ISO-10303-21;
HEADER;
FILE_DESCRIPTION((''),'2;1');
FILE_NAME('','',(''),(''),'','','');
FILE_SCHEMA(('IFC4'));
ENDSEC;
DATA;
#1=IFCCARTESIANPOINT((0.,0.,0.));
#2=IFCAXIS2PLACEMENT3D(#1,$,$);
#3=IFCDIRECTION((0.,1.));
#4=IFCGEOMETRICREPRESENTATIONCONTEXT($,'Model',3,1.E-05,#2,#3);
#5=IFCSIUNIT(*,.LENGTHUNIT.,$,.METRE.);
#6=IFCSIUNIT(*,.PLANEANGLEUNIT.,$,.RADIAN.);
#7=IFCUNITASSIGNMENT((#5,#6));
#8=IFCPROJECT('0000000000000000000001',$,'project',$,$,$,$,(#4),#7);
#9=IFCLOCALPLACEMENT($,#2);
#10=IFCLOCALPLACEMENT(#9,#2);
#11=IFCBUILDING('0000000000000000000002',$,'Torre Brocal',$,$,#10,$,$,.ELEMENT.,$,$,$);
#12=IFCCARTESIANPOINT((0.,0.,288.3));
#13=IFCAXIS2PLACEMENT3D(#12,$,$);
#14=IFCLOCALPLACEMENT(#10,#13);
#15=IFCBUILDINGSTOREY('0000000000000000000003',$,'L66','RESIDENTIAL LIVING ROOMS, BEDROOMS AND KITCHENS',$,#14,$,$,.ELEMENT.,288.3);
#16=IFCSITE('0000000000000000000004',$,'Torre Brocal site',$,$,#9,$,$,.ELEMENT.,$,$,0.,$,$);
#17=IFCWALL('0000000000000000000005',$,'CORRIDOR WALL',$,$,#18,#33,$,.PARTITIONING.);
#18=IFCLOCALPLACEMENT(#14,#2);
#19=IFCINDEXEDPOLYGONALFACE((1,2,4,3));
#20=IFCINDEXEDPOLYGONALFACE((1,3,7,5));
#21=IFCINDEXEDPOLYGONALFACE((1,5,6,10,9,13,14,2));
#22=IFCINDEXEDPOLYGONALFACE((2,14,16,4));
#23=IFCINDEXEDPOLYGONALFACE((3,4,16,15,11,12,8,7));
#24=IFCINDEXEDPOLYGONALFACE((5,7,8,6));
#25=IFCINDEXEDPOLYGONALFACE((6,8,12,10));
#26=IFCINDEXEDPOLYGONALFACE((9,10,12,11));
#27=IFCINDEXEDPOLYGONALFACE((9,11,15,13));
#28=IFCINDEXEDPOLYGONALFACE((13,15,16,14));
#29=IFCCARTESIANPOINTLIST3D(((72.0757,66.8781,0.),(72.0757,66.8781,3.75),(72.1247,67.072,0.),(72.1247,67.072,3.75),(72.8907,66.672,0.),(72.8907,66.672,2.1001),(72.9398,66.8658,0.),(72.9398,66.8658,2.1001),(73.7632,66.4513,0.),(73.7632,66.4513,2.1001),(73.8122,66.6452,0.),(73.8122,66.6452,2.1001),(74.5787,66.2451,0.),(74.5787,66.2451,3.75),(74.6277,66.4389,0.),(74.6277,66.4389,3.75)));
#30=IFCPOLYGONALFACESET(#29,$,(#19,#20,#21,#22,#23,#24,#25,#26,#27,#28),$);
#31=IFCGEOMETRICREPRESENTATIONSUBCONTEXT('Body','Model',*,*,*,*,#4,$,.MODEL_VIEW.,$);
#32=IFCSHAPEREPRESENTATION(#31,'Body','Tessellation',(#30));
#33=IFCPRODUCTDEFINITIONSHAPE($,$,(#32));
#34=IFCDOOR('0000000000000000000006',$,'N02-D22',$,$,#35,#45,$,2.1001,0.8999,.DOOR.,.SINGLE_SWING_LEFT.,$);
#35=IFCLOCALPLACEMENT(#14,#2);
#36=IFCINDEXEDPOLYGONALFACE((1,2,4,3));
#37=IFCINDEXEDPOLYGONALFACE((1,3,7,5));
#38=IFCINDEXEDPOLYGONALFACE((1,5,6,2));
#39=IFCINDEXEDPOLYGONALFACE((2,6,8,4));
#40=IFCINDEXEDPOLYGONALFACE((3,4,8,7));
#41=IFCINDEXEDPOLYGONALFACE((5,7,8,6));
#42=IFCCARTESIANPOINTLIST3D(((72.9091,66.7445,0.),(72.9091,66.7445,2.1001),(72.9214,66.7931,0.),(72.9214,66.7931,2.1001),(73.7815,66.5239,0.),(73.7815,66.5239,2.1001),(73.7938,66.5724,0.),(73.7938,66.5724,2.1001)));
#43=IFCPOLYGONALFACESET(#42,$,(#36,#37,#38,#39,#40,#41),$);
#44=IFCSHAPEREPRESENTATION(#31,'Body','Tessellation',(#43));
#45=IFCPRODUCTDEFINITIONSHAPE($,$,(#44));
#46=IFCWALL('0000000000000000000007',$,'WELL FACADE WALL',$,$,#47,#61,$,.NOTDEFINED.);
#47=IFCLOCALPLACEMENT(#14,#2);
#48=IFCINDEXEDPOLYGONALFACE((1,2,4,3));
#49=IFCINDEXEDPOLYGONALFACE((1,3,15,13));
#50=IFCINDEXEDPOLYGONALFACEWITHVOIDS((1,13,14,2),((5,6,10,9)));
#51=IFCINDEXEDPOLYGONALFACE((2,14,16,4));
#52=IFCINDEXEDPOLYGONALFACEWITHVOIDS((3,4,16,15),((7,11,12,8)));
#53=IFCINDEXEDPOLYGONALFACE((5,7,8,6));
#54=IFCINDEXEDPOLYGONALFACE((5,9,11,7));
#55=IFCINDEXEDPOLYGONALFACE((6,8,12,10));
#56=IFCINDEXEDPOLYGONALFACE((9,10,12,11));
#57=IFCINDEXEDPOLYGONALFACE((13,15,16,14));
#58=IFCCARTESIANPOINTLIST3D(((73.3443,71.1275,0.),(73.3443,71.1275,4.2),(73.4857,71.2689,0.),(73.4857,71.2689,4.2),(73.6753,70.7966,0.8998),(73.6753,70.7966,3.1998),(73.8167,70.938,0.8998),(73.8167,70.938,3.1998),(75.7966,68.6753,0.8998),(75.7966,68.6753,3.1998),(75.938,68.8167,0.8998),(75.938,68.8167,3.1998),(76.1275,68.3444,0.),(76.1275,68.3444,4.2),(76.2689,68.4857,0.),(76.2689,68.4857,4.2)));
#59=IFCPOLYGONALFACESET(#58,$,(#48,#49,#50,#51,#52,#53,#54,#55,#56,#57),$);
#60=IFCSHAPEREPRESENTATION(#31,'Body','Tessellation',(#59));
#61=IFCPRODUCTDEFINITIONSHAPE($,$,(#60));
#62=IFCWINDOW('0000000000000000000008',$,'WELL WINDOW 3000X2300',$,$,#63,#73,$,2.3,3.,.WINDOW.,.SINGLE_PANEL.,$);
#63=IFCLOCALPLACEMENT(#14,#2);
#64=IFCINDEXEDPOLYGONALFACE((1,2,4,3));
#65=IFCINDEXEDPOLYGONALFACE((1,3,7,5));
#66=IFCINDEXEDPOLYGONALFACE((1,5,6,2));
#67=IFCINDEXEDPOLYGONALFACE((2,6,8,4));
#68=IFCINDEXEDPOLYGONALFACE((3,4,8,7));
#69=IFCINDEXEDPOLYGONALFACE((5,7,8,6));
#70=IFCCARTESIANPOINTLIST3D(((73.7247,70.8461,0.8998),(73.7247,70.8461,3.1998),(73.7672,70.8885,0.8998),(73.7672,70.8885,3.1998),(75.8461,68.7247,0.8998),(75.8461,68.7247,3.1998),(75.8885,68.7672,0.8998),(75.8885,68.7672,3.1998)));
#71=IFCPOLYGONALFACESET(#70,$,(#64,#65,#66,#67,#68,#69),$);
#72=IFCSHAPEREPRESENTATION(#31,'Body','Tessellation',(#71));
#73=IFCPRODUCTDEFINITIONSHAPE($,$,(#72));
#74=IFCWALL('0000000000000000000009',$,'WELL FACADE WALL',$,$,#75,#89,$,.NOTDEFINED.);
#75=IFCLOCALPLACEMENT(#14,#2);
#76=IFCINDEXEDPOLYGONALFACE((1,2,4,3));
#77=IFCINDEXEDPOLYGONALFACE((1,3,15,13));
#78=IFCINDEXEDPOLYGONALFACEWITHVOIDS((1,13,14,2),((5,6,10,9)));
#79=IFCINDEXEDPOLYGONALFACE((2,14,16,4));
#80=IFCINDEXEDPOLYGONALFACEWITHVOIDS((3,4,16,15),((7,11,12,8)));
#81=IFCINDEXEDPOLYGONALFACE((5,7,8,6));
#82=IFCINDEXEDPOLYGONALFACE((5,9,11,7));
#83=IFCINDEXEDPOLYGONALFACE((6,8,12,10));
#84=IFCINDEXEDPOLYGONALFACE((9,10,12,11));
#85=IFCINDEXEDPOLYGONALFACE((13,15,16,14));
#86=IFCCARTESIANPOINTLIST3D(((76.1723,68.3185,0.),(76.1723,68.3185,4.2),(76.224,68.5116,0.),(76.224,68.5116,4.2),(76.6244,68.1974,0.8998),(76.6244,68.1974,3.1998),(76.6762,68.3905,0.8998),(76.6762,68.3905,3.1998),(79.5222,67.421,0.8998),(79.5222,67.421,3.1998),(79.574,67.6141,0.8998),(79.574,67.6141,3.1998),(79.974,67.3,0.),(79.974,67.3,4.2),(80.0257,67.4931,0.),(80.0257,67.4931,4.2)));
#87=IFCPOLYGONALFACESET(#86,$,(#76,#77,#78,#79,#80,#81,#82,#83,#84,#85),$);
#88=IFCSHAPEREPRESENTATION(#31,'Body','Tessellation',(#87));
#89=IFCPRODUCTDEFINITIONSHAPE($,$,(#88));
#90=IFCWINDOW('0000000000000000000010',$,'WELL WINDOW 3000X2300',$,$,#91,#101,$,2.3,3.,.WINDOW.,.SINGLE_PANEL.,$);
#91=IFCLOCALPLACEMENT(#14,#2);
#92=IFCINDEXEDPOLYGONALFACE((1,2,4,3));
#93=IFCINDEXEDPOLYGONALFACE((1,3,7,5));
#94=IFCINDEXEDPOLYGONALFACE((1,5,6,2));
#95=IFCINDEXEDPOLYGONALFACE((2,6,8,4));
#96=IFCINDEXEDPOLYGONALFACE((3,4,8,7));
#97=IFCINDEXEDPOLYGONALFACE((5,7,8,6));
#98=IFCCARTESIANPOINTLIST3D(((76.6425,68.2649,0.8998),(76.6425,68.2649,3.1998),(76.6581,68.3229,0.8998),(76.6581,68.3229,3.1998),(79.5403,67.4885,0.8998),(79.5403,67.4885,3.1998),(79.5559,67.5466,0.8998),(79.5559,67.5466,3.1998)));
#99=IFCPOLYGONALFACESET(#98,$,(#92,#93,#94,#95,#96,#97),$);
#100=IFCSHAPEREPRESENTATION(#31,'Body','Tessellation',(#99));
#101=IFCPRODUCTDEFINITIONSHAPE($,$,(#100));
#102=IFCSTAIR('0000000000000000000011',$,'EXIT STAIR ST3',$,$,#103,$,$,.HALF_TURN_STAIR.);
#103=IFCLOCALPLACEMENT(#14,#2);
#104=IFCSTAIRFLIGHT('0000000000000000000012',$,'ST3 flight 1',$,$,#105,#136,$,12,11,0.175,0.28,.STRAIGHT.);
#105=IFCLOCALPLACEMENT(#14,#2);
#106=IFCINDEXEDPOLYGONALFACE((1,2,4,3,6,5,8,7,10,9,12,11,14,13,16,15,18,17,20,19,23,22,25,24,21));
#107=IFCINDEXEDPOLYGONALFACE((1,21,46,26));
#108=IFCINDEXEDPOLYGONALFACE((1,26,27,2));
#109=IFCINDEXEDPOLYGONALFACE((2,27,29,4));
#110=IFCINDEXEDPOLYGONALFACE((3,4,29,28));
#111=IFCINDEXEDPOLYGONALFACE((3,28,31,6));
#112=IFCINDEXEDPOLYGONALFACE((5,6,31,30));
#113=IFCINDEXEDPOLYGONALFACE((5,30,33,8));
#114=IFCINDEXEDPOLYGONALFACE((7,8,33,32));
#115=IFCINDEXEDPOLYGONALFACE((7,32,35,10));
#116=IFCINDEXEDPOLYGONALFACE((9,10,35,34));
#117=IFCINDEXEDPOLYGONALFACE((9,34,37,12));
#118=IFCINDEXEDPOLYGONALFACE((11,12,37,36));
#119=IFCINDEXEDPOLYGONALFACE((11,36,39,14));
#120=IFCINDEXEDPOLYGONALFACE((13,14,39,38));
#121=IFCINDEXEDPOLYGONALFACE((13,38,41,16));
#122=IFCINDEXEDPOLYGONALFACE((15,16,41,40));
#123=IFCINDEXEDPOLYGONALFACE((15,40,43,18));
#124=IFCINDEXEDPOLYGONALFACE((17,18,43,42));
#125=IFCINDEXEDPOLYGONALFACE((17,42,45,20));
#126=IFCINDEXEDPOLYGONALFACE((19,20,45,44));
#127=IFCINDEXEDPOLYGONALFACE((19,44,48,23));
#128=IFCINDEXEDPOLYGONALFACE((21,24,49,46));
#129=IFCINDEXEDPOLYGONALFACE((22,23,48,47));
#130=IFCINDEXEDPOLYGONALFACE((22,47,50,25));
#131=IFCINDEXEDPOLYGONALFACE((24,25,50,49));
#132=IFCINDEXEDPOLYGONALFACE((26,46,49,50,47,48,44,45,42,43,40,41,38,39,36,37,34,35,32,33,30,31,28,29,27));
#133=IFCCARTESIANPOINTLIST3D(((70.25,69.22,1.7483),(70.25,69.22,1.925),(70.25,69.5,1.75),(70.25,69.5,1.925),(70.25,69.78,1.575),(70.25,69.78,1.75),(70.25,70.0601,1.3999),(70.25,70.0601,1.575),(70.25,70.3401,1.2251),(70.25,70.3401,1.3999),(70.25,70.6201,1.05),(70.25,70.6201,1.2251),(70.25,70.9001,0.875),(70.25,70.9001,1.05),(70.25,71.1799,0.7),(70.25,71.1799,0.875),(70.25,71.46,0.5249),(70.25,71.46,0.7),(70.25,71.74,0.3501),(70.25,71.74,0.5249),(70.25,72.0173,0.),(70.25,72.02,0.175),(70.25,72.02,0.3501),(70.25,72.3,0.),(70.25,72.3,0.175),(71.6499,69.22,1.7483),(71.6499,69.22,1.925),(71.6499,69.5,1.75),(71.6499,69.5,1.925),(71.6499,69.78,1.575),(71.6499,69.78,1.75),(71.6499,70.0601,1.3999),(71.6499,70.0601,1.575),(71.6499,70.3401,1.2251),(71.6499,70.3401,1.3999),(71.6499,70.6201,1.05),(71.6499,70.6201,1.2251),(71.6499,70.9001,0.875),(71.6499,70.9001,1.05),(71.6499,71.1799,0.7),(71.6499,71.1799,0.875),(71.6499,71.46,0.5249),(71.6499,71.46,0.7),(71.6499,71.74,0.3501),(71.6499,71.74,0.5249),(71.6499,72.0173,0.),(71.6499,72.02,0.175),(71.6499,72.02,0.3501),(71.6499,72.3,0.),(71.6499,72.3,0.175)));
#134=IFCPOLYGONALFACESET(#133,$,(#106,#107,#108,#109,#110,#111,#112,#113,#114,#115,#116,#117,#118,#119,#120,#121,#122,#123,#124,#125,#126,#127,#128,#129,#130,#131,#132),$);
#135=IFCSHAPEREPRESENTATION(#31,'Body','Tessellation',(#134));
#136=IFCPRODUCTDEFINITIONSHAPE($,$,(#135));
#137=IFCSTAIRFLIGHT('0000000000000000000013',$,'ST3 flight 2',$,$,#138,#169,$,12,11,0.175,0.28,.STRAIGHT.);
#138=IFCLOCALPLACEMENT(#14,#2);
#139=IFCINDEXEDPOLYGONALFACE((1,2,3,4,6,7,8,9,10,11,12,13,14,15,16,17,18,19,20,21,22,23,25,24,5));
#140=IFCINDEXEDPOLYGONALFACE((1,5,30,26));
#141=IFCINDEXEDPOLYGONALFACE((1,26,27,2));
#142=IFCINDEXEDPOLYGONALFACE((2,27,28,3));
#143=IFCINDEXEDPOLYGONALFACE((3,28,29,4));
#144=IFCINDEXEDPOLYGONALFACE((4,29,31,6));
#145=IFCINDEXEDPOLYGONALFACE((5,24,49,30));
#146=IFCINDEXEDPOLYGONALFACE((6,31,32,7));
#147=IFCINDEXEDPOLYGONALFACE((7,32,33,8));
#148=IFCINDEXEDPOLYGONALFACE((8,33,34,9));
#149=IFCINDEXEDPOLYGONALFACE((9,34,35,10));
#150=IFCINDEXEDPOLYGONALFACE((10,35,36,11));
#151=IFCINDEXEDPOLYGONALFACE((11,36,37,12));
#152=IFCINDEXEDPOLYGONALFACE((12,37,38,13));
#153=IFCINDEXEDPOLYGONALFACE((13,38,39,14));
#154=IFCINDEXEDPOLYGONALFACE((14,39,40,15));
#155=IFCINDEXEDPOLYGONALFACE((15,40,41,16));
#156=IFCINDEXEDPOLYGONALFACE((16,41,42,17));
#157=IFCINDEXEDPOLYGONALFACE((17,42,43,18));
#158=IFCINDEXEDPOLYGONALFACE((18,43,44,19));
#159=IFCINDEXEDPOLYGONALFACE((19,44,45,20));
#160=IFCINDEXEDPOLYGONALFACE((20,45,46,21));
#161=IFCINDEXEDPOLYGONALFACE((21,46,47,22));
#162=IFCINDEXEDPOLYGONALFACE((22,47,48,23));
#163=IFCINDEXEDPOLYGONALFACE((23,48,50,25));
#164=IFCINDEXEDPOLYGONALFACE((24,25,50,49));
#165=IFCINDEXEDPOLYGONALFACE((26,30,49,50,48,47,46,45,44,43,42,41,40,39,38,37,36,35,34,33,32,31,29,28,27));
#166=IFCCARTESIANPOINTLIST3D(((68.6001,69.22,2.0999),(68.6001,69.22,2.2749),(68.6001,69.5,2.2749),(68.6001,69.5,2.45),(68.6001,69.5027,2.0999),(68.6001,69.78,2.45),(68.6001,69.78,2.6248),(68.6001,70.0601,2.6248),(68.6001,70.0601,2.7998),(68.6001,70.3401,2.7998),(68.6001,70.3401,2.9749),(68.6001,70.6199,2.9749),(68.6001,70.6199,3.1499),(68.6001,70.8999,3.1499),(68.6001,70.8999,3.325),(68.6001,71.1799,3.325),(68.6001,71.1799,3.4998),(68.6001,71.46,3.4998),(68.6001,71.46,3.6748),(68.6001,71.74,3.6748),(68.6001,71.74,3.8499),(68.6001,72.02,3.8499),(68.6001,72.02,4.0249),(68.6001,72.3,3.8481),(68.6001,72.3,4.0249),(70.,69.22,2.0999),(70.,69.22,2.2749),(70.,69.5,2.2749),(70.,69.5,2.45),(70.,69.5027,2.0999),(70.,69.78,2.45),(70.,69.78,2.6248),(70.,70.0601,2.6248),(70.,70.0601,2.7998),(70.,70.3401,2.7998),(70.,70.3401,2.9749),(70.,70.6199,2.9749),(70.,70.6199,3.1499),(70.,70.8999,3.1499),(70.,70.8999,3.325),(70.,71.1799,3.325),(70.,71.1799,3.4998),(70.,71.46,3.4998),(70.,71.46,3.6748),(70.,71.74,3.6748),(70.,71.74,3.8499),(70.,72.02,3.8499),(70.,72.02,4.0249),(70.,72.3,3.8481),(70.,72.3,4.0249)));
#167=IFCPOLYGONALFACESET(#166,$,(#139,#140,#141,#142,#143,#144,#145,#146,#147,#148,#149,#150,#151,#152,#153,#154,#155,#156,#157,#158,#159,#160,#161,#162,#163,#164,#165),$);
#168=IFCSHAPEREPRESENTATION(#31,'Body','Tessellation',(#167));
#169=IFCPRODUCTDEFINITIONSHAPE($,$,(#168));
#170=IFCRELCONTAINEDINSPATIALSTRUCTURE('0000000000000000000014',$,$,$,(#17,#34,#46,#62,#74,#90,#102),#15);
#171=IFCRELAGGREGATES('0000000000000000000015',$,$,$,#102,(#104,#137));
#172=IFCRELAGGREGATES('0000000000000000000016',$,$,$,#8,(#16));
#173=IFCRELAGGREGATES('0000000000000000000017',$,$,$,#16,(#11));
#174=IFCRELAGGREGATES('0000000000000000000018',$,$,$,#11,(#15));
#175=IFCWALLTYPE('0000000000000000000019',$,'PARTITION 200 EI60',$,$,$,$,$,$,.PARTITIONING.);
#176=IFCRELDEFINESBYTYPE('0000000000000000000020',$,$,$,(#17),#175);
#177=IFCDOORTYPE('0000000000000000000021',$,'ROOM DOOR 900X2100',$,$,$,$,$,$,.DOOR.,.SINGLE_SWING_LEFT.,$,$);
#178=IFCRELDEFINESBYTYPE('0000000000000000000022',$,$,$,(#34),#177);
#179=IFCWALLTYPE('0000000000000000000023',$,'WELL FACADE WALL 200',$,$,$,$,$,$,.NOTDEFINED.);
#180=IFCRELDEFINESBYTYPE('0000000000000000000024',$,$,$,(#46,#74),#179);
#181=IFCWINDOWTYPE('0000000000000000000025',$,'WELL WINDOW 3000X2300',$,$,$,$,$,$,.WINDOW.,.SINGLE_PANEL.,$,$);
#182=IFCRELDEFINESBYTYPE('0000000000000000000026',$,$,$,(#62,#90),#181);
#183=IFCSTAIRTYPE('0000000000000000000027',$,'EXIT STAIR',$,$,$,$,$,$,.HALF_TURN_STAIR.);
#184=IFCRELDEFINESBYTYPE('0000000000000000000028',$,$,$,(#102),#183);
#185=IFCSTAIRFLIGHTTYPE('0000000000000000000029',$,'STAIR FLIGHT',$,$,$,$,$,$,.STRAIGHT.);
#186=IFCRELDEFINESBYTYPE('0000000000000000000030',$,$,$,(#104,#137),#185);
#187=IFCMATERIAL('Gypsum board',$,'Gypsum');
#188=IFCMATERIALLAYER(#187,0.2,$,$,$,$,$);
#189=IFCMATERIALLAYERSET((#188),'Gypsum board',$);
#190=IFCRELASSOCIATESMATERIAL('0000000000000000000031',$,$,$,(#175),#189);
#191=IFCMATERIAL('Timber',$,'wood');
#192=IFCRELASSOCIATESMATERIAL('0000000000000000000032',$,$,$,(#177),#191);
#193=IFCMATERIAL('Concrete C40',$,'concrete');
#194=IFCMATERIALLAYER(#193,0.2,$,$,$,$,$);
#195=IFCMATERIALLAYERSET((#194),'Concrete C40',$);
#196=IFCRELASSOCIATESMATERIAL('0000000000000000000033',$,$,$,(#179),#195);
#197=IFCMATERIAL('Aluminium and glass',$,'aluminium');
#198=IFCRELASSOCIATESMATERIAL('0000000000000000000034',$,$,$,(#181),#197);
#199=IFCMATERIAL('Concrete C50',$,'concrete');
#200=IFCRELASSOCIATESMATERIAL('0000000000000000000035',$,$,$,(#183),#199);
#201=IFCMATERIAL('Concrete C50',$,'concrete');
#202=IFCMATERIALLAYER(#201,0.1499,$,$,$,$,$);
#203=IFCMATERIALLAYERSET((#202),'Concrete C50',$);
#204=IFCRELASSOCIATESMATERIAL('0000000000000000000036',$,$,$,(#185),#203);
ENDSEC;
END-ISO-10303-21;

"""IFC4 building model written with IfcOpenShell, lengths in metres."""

from ifc_helpers import new_model, si_unit, direction, frame, frame_2d, origin, place, context, subcontext, project, spatial, polyline, rectangle, outline, extrude, material, layer, layer_set, type_object, element, fill, aggregate, save


model = new_model("IFC4")

# Units and contexts
model_context = context("Model", 3, precision=1e-05, world=origin(), true_north=direction((0.0, 1.0)))
body_context = subcontext(model_context, "Body", "Model", "MODEL_VIEW")
ifc_project = project(units=[si_unit("LENGTHUNIT", "METRE"), si_unit("PLANEANGLEUNIT", "RADIAN")], contexts=[model_context])

# Site, building, storey
site_placement = place(None, origin())
site = spatial("IfcSite", under=ifc_project, at=site_placement, Name="Torre Brocal site", CompositionType="ELEMENT", RefElevation=0.0)
building_placement = place(site_placement, origin())
building = spatial("IfcBuilding", under=site, at=building_placement, Name="Torre Brocal", CompositionType="ELEMENT")
storey_placement = place(building_placement, frame((0.0, 0.0, 288.3)))
storey = spatial("IfcBuildingStorey", under=building, at=storey_placement, Name="L66", Description="RESIDENTIAL LIVING ROOMS, BEDROOMS AND KITCHENS", CompositionType="ELEMENT", Elevation=288.3)

# Wall, opening, door
ifc_material_1 = material(Name="Gypsum board", Category="Gypsum")
ifc_layer_1 = layer(ifc_material_1, 0.2)
ifc_layer_set_1 = layer_set([ifc_layer_1], Name="Gypsum board")
wall_type_1 = type_object("IfcWallType", Name="PARTITION 200 EI60", PredefinedType="PARTITIONING", material=ifc_layer_set_1)
wall_1_placement = place(storey_placement, frame((72.1001, 66.9751, 0.0), z_axis=(0.0, 0.0, 1.0), x_axis=(0.969471, -0.245205, 0.0)))
wall_1 = element("IfcWall", 1, at=wall_1_placement, inside=storey, type_object=wall_type_1, Name="CORRIDOR WALL", PredefinedType="PARTITIONING", context=body_context, shape_type="SweptSolid", body=[
    extrude(rectangle(XDim=2.5818, YDim=0.2, at=frame_2d((1.291, 0.0))), origin(), (0.0, 0.0, 1.0), 3.75),
])
opening_1_placement = place(wall_1_placement, frame((0.8408, 0.0, 0.0)))
opening_1 = element("IfcOpeningElement", 2, at=opening_1_placement, cuts=wall_1, PredefinedType="OPENING", context=body_context, shape_type="SweptSolid", body=[
    extrude(rectangle(XDim=0.8999, YDim=2.1001, at=frame_2d((0.45, 1.05))), frame((0.0, 0.1099, 0.0), z_axis=(0.0, -1.0, 0.0), x_axis=(1.0, 0.0, 0.0)), (0.0, 0.0, 1.0), 0.22),
])
ifc_material_2 = material(Name="Timber", Category="wood")
door_type_1 = type_object("IfcDoorType", Name="ROOM DOOR 900X2100", OperationType="SINGLE_SWING_LEFT", PredefinedType="DOOR", material=ifc_material_2)
door_1_placement = place(opening_1_placement, origin())
door_1 = element("IfcDoor", 3, at=door_1_placement, inside=storey, type_object=door_type_1, Name="N02-D22", OperationType="SINGLE_SWING_LEFT", OverallHeight=2.1001, OverallWidth=0.8999, PredefinedType="DOOR", context=body_context, shape_type="SweptSolid", body=[
    extrude(rectangle(XDim=0.8999, YDim=2.1001, at=frame_2d((0.45, 1.05))), frame((0.0, 0.0249, 0.0), z_axis=(0.0, -1.0, 0.0), x_axis=(1.0, 0.0, 0.0)), (0.0, 0.0, 1.0), 0.05),
])
fill(opening_1, door_1)

# Walls, openings, windows
ifc_material_3 = material(Name="Concrete C40", Category="concrete")
ifc_layer_2 = layer(ifc_material_3, 0.2)
ifc_layer_set_2 = layer_set([ifc_layer_2], Name="Concrete C40")
wall_type_2 = type_object("IfcWallType", Name="WELL FACADE WALL 200", PredefinedType="NOTDEFINED", material=ifc_layer_set_2)
wall_2_placement = place(storey_placement, frame((73.415, 71.1982, 0.0), z_axis=(0.0, 0.0, 1.0), x_axis=(0.707107, -0.707107, 0.0)))
wall_2 = element("IfcWall", 4, at=wall_2_placement, inside=storey, type_object=wall_type_2, Name="WELL FACADE WALL", PredefinedType="NOTDEFINED", context=body_context, shape_type="SweptSolid", body=[
    extrude(rectangle(XDim=3.936, YDim=0.2, at=frame_2d((1.968, 0.0))), origin(), (0.0, 0.0, 1.0), 4.2),
])
opening_2_placement = place(wall_2_placement, frame((0.468, 0.0, 0.8999)))
opening_2 = element("IfcOpeningElement", 5, at=opening_2_placement, cuts=wall_2, PredefinedType="OPENING", context=body_context, shape_type="SweptSolid", body=[
    extrude(rectangle(XDim=3.0, YDim=2.3, at=frame_2d((1.5, 1.1499))), frame((0.0, 0.1099, 0.0), z_axis=(0.0, -1.0, 0.0), x_axis=(1.0, 0.0, 0.0)), (0.0, 0.0, 1.0), 0.22),
])
ifc_material_4 = material(Name="Aluminium and glass", Category="aluminium")
window_type = type_object("IfcWindowType", Name="WELL WINDOW 3000X2300", PartitioningType="SINGLE_PANEL", PredefinedType="WINDOW", material=ifc_material_4)
window_1_placement = place(opening_2_placement, origin())
window_1 = element("IfcWindow", 6, at=window_1_placement, inside=storey, type_object=window_type, Name="WELL WINDOW 3000X2300", OverallHeight=2.3, OverallWidth=3.0, PartitioningType="SINGLE_PANEL", PredefinedType="WINDOW", context=body_context, shape_type="SweptSolid", body=[
    extrude(rectangle(XDim=3.0, YDim=2.3, at=frame_2d((1.5, 1.1499))), frame((0.0, 0.03, 0.0), z_axis=(0.0, -1.0, 0.0), x_axis=(1.0, 0.0, 0.0)), (0.0, 0.0, 1.0), 0.0601),
])
fill(opening_2, window_1)
wall_3_placement = place(storey_placement, frame((76.1982, 68.415, 0.0), z_axis=(0.0, 0.0, 1.0), x_axis=(0.965934, -0.25879, 0.0)))
wall_3 = element("IfcWall", 7, at=wall_3_placement, inside=storey, type_object=wall_type_2, Name="WELL FACADE WALL", PredefinedType="NOTDEFINED", context=body_context, shape_type="SweptSolid", body=[
    extrude(rectangle(XDim=3.9358, YDim=0.2, at=frame_2d((1.9678, 0.0))), origin(), (0.0, 0.0, 1.0), 4.2),
])
opening_3_placement = place(wall_3_placement, frame((0.468, 0.0, 0.8999)))
opening_3 = element("IfcOpeningElement", 8, at=opening_3_placement, cuts=wall_3, PredefinedType="OPENING", context=body_context, shape_type="SweptSolid", body=[
    extrude(rectangle(XDim=3.0, YDim=2.3, at=frame_2d((1.5, 1.1499))), frame((0.0, 0.1099, 0.0), z_axis=(0.0, -1.0, 0.0), x_axis=(1.0, 0.0, 0.0)), (0.0, 0.0, 1.0), 0.22),
])
window_2_placement = place(opening_3_placement, origin())
window_2 = element("IfcWindow", 9, at=window_2_placement, inside=storey, type_object=window_type, Name="WELL WINDOW 3000X2300", OverallHeight=2.3, OverallWidth=3.0, PartitioningType="SINGLE_PANEL", PredefinedType="WINDOW", context=body_context, shape_type="SweptSolid", body=[
    extrude(rectangle(XDim=3.0, YDim=2.3, at=frame_2d((1.5, 1.1499))), frame((0.0, 0.03, 0.0), z_axis=(0.0, -1.0, 0.0), x_axis=(1.0, 0.0, 0.0)), (0.0, 0.0, 1.0), 0.0601),
])
fill(opening_3, window_2)

# Stair, stair flights
ifc_material_5 = material(Name="Concrete C50", Category="concrete")
stair_type = type_object("IfcStairType", Name="EXIT STAIR", PredefinedType="HALF_TURN_STAIR", material=ifc_material_5)
stair_placement = place(storey_placement, origin())
stair = element("IfcStair", 10, at=stair_placement, inside=storey, type_object=stair_type, Name="EXIT STAIR ST3", PredefinedType="HALF_TURN_STAIR")
ifc_material_6 = material(Name="Concrete C50", Category="concrete")
ifc_layer_3 = layer(ifc_material_6, 0.1499)
ifc_layer_set_3 = layer_set([ifc_layer_3], Name="Concrete C50")
stair_flight_type = type_object("IfcStairFlightType", Name="STAIR FLIGHT", PredefinedType="STRAIGHT", material=ifc_layer_set_3)
stair_flight_1_placement = place(storey_placement, frame((70.95, 72.3, 0.0), z_axis=(0.0, 0.0, 1.0), x_axis=(0.0, -1.0, 0.0)))
stair_flight_1 = element("IfcStairFlight", 11, at=stair_flight_1_placement, type_object=stair_flight_type, Name="ST3 flight 1", NumberOfRisers=12, NumberOfTreads=11, PredefinedType="STRAIGHT", RiserHeight=0.175, TreadLength=0.28, context=body_context, shape_type="SweptSolid", body=[
    extrude(outline(polyline([(0.0, 0.0), (0.0, 0.175), (0.28, 0.175), (0.28, 0.3501), (0.5601, 0.3501), (0.5601, 0.5249), (0.8401, 0.5249), (0.8401, 0.7), (1.1201, 0.7), (1.1201, 0.875), (1.3999, 0.875), (1.3999, 1.05), (1.6799, 1.05), (1.6799, 1.2251), (1.96, 1.2251), (1.96, 1.3999), (2.24, 1.3999), (2.24, 1.575), (2.52, 1.575), (2.52, 1.75), (2.8, 1.75), (2.8, 1.925), (3.0801, 1.925), (3.0801, 2.1001), (3.0801, 1.7483), (0.2827, 0.0), (0.0, 0.0)])), frame((0.0, 0.7, 0.0), z_axis=(0.0, -1.0, 0.0), x_axis=(1.0, 0.0, 0.0)), (0.0, 0.0, 1.0), 1.3999),
])
stair_flight_2_placement = place(storey_placement, frame((69.3, 69.22, 2.0999), z_axis=(0.0, 0.0, 1.0), x_axis=(0.0, 1.0, 0.0)))
stair_flight_2 = element("IfcStairFlight", 12, at=stair_flight_2_placement, type_object=stair_flight_type, Name="ST3 flight 2", NumberOfRisers=12, NumberOfTreads=11, PredefinedType="STRAIGHT", RiserHeight=0.175, TreadLength=0.28, context=body_context, shape_type="SweptSolid", body=[
    extrude(outline(polyline([(0.0, 0.0), (0.0, 0.175), (0.28, 0.175), (0.28, 0.3501), (0.5601, 0.3501), (0.5601, 0.5249), (0.8401, 0.5249), (0.8401, 0.7), (1.1201, 0.7), (1.1201, 0.875), (1.3999, 0.875), (1.3999, 1.05), (1.6799, 1.05), (1.6799, 1.2251), (1.96, 1.2251), (1.96, 1.3999), (2.24, 1.3999), (2.24, 1.575), (2.52, 1.575), (2.52, 1.75), (2.8, 1.75), (2.8, 1.925), (3.0801, 1.925), (3.0801, 2.1001), (3.0801, 1.7483), (0.2827, 0.0), (0.0, 0.0)])), frame((0.0, 0.7, 0.0), z_axis=(0.0, -1.0, 0.0), x_axis=(1.0, 0.0, 0.0)), (0.0, 0.0, 1.0), 1.3999),
])
aggregate(stair, [stair_flight_1, stair_flight_2])

save(model, "model.ifc")
